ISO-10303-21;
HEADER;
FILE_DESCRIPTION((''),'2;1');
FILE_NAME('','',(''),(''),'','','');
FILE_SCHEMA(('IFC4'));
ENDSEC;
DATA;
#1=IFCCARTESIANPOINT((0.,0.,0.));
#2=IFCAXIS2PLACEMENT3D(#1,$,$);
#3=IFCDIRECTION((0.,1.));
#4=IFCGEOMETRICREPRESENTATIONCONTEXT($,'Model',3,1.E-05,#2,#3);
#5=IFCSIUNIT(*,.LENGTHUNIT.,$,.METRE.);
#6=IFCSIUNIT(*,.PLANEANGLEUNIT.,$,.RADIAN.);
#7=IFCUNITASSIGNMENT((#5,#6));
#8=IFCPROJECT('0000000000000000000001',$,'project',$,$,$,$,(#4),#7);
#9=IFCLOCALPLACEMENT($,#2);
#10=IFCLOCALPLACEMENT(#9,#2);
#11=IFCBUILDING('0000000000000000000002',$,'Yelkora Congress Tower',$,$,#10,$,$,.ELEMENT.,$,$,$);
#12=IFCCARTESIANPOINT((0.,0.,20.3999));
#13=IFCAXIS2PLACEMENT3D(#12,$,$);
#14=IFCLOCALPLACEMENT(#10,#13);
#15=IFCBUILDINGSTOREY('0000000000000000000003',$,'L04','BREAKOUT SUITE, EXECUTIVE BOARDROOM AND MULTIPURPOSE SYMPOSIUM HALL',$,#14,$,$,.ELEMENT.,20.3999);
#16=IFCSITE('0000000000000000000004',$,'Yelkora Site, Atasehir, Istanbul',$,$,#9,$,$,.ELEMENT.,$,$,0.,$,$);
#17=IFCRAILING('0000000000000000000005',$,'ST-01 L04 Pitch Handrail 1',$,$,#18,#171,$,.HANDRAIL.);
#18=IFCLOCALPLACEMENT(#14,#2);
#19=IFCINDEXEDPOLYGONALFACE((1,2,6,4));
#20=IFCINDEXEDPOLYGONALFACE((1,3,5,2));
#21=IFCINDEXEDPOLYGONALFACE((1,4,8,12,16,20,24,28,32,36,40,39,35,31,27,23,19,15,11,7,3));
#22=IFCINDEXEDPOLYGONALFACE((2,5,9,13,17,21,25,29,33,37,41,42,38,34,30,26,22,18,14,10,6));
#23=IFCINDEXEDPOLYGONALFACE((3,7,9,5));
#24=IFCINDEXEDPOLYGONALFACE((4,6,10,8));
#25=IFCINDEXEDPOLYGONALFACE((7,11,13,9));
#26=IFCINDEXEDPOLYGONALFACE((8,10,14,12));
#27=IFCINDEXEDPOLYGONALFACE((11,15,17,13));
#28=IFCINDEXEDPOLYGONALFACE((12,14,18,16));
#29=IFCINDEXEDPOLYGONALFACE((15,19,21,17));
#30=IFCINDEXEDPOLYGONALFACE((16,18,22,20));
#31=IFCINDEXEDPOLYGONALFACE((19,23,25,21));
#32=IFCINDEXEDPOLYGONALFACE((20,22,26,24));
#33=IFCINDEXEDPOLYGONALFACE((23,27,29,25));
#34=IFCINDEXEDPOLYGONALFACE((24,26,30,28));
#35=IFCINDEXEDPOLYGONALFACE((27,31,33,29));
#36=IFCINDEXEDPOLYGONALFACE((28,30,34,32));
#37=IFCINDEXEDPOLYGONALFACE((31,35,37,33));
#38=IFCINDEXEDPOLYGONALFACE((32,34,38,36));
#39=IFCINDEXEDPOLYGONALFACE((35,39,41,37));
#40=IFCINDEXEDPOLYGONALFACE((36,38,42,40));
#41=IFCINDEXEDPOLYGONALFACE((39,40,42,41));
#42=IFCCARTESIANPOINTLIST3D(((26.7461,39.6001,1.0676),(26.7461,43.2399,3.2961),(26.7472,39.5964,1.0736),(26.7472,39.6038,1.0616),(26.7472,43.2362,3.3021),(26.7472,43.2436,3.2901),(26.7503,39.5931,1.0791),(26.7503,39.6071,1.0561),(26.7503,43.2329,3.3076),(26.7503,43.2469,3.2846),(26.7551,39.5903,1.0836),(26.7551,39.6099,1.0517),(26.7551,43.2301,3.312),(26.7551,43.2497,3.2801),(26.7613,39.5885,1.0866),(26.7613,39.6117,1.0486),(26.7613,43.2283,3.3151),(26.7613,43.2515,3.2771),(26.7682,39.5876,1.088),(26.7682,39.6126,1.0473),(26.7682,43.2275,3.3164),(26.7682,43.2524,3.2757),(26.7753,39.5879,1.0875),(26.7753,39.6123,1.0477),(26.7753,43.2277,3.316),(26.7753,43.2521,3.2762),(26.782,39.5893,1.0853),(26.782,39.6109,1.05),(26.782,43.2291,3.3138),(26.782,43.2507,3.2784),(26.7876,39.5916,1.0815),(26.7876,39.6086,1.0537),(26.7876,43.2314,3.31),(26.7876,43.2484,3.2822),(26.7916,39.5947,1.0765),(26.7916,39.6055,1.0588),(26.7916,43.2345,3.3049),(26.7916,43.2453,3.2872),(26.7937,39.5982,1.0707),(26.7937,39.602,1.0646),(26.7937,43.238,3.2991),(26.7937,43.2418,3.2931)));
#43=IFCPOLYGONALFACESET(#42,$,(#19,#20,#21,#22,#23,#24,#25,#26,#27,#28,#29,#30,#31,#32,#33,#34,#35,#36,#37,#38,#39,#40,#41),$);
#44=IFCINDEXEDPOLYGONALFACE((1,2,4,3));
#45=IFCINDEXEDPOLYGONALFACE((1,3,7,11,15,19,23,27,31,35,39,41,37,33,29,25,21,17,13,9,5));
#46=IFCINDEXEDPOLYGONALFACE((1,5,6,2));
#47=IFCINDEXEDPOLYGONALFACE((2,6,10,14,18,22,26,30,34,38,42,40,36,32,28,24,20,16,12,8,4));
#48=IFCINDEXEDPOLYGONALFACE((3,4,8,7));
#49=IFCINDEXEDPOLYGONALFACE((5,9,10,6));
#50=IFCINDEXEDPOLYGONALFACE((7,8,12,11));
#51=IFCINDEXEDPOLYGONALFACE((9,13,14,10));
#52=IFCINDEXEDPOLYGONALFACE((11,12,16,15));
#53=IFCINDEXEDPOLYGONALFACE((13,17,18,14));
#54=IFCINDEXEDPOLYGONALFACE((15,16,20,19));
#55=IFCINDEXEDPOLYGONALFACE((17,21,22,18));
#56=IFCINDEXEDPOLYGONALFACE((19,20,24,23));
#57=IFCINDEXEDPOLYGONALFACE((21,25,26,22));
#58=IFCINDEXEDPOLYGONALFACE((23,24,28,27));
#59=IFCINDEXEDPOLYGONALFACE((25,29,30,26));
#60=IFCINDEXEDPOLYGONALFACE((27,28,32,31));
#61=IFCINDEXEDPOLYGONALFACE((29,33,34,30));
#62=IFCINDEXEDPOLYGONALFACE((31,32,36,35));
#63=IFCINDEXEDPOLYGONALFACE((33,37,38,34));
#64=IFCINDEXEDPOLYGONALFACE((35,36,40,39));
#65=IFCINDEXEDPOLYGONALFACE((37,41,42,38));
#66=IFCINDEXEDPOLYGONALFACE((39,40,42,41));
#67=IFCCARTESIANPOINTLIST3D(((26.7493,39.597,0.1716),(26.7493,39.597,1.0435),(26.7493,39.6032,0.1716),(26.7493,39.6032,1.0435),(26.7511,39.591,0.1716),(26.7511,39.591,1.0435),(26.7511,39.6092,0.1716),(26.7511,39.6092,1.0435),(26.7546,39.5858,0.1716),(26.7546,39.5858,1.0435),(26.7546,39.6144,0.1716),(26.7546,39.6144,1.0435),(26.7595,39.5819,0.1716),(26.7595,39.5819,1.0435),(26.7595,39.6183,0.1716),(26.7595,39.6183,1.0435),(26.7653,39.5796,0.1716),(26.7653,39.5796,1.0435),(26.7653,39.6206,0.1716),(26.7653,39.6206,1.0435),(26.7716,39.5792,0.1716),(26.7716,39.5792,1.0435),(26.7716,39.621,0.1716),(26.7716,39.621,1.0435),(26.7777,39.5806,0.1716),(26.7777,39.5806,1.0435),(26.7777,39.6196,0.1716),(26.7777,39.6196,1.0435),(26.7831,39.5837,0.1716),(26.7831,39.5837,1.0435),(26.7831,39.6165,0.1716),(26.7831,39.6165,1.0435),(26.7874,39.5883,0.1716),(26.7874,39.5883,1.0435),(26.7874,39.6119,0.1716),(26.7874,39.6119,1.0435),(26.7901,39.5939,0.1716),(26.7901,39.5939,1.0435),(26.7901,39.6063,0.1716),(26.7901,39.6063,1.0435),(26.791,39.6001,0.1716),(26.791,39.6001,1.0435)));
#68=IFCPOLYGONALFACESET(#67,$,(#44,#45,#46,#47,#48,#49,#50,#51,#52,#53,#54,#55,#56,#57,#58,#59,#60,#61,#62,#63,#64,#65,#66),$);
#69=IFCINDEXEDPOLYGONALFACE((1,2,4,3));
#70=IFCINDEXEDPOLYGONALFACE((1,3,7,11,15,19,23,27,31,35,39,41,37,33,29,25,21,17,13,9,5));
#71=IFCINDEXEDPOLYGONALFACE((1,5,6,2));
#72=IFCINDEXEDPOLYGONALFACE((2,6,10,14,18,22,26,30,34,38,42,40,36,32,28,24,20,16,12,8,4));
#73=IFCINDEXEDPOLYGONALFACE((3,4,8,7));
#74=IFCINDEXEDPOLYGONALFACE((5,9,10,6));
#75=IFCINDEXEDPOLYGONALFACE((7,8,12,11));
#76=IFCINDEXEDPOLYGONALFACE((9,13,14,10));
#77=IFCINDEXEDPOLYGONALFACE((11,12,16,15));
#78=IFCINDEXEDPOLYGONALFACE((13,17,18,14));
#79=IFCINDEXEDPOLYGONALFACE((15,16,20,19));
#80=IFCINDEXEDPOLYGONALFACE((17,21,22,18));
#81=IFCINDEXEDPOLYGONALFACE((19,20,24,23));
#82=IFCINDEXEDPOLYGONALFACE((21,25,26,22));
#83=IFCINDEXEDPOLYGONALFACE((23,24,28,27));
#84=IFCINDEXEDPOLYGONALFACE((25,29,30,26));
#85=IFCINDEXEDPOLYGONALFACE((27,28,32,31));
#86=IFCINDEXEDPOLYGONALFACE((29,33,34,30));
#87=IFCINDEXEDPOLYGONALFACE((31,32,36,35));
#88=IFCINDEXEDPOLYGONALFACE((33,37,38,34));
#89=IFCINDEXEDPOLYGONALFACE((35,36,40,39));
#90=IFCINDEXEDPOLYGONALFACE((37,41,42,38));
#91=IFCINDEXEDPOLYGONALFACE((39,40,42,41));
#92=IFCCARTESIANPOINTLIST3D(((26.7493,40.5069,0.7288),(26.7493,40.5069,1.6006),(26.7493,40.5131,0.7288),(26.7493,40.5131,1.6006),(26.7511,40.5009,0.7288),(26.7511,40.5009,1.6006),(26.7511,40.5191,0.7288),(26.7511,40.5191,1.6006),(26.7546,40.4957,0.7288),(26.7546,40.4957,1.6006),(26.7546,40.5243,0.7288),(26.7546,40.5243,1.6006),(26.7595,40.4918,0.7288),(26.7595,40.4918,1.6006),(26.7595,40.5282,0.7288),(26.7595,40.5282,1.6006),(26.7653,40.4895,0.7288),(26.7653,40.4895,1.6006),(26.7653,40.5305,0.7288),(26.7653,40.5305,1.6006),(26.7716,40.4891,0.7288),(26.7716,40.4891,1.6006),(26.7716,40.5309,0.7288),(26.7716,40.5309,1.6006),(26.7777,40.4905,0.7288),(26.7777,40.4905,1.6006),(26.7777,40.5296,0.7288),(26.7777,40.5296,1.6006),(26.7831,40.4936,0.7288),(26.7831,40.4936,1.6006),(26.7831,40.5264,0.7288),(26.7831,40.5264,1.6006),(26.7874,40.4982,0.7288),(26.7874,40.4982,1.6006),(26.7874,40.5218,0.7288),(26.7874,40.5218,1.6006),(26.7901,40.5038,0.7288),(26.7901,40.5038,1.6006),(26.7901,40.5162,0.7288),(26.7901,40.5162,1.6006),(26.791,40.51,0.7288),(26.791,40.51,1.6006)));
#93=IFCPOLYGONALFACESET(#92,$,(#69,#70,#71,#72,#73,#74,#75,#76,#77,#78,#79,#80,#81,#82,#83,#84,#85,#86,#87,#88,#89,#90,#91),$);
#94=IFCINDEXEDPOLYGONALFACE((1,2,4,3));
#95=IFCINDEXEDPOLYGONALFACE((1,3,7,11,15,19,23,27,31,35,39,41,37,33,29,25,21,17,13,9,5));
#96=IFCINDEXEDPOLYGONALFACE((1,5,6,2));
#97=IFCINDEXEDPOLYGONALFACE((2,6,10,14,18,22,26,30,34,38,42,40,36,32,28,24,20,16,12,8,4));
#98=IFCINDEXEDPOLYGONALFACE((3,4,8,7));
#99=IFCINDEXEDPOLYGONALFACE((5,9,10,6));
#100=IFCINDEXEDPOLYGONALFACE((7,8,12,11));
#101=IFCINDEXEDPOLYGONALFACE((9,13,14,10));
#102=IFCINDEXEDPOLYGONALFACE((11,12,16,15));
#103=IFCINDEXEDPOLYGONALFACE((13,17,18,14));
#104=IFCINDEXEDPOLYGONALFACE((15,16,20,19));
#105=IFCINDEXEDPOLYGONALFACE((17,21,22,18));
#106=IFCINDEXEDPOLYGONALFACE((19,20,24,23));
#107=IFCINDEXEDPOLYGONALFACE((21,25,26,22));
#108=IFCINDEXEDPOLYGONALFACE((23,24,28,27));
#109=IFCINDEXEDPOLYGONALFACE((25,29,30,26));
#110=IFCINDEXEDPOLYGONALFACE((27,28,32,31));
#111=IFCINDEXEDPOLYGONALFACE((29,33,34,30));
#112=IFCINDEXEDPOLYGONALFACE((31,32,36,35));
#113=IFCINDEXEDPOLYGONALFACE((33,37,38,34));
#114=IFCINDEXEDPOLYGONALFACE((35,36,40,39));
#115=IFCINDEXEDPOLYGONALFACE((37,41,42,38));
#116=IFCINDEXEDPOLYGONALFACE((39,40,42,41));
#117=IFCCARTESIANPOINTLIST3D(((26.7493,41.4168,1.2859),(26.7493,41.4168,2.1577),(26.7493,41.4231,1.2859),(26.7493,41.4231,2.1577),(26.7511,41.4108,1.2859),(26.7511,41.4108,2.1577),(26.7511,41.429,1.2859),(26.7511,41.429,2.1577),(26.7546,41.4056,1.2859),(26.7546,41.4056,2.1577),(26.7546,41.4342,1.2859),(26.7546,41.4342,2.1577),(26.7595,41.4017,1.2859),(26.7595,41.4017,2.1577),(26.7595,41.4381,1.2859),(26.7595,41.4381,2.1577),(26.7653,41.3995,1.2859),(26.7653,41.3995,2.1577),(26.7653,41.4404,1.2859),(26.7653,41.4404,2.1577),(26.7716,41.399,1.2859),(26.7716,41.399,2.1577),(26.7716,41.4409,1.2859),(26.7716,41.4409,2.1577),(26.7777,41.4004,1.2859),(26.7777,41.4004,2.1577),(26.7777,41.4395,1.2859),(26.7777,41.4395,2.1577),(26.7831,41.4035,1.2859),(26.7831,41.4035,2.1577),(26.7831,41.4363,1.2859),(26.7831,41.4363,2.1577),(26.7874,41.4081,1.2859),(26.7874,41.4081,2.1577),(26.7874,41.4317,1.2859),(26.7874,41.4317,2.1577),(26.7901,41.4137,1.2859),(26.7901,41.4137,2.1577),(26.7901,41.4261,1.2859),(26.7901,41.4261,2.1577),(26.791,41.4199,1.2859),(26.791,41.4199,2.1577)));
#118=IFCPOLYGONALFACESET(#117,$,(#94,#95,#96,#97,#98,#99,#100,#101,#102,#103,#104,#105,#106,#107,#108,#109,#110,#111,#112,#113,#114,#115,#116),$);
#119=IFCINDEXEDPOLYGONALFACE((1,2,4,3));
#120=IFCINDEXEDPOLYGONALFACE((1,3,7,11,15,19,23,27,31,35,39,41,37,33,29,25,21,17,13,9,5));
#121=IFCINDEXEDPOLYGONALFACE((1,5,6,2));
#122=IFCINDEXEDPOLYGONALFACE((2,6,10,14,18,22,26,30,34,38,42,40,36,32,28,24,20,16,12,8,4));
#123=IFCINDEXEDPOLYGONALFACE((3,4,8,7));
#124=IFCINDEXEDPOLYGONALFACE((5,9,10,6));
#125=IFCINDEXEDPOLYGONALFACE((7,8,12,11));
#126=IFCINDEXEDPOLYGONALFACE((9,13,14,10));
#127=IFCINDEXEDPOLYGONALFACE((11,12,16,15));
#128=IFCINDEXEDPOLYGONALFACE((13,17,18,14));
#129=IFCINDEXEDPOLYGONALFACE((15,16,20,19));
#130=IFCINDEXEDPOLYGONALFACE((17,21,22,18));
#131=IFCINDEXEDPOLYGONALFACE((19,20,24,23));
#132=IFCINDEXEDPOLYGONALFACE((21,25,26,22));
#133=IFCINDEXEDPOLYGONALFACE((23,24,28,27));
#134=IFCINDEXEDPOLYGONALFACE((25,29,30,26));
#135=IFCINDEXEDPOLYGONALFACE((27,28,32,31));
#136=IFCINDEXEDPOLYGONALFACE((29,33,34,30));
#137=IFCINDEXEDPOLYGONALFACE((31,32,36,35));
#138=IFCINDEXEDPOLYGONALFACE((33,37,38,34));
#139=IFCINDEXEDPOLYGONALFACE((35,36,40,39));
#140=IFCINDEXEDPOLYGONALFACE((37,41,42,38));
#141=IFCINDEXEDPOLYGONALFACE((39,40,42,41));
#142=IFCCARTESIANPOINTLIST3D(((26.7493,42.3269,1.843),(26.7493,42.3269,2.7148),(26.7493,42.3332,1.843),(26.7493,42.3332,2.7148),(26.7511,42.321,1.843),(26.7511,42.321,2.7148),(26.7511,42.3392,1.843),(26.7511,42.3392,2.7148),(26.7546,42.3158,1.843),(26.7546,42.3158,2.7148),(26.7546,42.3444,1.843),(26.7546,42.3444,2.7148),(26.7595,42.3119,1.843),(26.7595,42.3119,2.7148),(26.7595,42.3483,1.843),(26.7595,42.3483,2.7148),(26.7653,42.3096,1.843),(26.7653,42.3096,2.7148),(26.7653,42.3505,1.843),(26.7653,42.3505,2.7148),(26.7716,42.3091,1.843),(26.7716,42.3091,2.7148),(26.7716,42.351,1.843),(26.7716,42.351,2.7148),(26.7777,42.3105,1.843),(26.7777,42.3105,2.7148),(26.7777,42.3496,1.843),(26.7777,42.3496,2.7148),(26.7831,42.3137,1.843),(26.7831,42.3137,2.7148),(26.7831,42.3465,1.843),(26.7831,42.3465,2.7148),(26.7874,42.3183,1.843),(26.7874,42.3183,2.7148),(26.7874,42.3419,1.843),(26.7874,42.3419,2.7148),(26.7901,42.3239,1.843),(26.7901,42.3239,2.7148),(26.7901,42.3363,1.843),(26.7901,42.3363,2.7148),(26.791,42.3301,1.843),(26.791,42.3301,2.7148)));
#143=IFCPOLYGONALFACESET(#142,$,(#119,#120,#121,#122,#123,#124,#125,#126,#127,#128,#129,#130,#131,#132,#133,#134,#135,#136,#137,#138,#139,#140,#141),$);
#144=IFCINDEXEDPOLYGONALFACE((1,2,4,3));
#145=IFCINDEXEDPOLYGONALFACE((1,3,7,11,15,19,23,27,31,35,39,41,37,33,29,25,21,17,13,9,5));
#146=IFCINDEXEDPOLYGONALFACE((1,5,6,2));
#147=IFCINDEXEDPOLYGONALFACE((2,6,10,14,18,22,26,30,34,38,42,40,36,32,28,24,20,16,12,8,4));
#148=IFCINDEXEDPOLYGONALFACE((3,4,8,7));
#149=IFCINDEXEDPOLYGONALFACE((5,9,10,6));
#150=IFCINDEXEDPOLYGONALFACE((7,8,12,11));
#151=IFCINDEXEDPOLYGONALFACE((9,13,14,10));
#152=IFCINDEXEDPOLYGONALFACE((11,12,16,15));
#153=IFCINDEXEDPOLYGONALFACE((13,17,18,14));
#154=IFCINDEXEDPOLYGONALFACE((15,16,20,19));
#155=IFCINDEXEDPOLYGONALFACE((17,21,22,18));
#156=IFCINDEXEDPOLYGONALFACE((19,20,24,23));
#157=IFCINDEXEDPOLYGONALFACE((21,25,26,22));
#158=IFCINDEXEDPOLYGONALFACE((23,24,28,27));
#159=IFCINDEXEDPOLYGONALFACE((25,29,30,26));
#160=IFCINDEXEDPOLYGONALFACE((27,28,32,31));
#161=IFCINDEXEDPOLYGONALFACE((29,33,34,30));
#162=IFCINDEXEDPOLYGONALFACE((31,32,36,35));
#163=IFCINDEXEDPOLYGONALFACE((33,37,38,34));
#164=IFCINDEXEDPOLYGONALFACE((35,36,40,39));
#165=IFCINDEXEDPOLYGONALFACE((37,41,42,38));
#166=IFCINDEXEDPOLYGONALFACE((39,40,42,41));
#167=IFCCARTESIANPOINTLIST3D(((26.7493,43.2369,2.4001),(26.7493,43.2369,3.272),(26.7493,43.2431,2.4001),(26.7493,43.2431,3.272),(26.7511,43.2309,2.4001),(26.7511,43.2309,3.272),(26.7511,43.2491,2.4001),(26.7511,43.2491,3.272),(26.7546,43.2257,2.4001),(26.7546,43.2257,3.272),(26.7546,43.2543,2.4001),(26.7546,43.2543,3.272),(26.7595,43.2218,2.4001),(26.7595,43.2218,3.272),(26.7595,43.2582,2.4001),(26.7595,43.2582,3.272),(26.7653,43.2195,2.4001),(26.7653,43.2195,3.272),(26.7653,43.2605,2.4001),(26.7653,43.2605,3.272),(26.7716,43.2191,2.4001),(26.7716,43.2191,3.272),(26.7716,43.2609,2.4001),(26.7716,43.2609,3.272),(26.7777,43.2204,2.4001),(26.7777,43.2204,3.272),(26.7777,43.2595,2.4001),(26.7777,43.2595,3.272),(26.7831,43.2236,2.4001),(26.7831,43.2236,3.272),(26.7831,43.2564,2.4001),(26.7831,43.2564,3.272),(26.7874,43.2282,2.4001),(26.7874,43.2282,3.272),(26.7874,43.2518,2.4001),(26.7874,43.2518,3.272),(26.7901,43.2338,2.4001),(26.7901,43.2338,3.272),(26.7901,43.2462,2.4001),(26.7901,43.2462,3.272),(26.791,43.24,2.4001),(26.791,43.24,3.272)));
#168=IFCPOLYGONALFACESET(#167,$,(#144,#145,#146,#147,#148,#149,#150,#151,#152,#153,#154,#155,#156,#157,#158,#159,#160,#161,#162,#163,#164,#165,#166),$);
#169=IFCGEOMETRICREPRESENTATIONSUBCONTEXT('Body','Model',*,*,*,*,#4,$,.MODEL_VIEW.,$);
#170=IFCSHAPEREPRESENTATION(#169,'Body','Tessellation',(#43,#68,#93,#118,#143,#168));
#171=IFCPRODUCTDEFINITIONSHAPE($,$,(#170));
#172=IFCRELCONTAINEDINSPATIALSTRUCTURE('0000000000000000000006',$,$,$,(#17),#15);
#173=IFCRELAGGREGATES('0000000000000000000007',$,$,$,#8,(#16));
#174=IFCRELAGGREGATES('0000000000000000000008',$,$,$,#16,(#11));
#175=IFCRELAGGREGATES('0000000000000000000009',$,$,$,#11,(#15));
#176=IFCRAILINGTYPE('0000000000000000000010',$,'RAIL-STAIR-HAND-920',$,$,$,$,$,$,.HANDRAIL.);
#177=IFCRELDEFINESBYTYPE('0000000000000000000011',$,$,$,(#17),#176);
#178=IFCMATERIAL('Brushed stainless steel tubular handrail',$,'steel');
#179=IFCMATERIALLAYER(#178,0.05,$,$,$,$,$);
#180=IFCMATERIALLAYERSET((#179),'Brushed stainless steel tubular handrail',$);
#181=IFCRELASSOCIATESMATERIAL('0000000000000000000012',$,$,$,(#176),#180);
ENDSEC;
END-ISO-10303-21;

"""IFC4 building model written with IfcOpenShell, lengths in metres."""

from ifc_helpers import new_model, si_unit, direction, frame, origin, origin_2d, place, context, subcontext, project, spatial, circle, extrude, material, layer, layer_set, type_object, element, save


model = new_model("IFC4")

# Units and contexts
model_context = context("Model", 3, precision=1e-05, world=origin(), true_north=direction((0.0, 1.0)))
body_context = subcontext(model_context, "Body", "Model", "MODEL_VIEW")
ifc_project = project(units=[si_unit("LENGTHUNIT", "METRE"), si_unit("PLANEANGLEUNIT", "RADIAN")], contexts=[model_context])

# Site, building, storey
site_placement = place(None, origin())
site = spatial("IfcSite", under=ifc_project, at=site_placement, Name="Yelkora Site, Atasehir, Istanbul", CompositionType="ELEMENT", RefElevation=0.0)
building_placement = place(site_placement, origin())
building = spatial("IfcBuilding", under=site, at=building_placement, Name="Yelkora Congress Tower", CompositionType="ELEMENT")
storey_placement = place(building_placement, frame((0.0, 0.0, 20.3999)))
storey = spatial("IfcBuildingStorey", under=building, at=storey_placement, Name="L04", Description="BREAKOUT SUITE, EXECUTIVE BOARDROOM AND MULTIPURPOSE SYMPOSIUM HALL", CompositionType="ELEMENT", Elevation=20.3999)

# Railing
ifc_material_1 = material(Name="Brushed stainless steel tubular handrail", Category="steel")
ifc_layer_1 = layer(ifc_material_1, 0.05)
ifc_layer_set_1 = layer_set([ifc_layer_1], Name="Brushed stainless steel tubular handrail")
railing_type_1 = type_object("IfcRailingType", Name="RAIL-STAIR-HAND-920", PredefinedType="HANDRAIL", material=ifc_layer_set_1)
railing_1_placement = place(storey_placement, frame((26.77, 39.6001, 0.1716)))
element("IfcRailing", 1, at=railing_1_placement, inside=storey, type_object=railing_type_1, Name="ST-01 L04 Pitch Handrail 1", PredefinedType="HANDRAIL", context=body_context, shape_type="SweptSolid", body=[
    extrude(circle(Radius=0.0239, at=origin_2d()), frame((0.0, 0.0, 0.896), z_axis=(0.0, 0.85285, 0.522156), x_axis=(-1.0, 0.0, 0.0)), (0.0, 0.0, 1.0), 4.2678),
    extrude(circle(Radius=0.021, at=origin_2d()), origin(), (0.0, 0.0, 1.0), 0.8718),
    extrude(circle(Radius=0.021, at=origin_2d()), frame((0.0, 0.9099, 0.5571)), (0.0, 0.0, 1.0), 0.8718),
    extrude(circle(Radius=0.021, at=origin_2d()), frame((0.0, 1.8198, 1.1143)), (0.0, 0.0, 1.0), 0.8718),
    extrude(circle(Radius=0.021, at=origin_2d()), frame((0.0, 2.73, 1.6714)), (0.0, 0.0, 1.0), 0.8718),
    extrude(circle(Radius=0.021, at=origin_2d()), frame((0.0, 3.6399, 2.2285)), (0.0, 0.0, 1.0), 0.8718),
])

save(model, "model.ifc")
